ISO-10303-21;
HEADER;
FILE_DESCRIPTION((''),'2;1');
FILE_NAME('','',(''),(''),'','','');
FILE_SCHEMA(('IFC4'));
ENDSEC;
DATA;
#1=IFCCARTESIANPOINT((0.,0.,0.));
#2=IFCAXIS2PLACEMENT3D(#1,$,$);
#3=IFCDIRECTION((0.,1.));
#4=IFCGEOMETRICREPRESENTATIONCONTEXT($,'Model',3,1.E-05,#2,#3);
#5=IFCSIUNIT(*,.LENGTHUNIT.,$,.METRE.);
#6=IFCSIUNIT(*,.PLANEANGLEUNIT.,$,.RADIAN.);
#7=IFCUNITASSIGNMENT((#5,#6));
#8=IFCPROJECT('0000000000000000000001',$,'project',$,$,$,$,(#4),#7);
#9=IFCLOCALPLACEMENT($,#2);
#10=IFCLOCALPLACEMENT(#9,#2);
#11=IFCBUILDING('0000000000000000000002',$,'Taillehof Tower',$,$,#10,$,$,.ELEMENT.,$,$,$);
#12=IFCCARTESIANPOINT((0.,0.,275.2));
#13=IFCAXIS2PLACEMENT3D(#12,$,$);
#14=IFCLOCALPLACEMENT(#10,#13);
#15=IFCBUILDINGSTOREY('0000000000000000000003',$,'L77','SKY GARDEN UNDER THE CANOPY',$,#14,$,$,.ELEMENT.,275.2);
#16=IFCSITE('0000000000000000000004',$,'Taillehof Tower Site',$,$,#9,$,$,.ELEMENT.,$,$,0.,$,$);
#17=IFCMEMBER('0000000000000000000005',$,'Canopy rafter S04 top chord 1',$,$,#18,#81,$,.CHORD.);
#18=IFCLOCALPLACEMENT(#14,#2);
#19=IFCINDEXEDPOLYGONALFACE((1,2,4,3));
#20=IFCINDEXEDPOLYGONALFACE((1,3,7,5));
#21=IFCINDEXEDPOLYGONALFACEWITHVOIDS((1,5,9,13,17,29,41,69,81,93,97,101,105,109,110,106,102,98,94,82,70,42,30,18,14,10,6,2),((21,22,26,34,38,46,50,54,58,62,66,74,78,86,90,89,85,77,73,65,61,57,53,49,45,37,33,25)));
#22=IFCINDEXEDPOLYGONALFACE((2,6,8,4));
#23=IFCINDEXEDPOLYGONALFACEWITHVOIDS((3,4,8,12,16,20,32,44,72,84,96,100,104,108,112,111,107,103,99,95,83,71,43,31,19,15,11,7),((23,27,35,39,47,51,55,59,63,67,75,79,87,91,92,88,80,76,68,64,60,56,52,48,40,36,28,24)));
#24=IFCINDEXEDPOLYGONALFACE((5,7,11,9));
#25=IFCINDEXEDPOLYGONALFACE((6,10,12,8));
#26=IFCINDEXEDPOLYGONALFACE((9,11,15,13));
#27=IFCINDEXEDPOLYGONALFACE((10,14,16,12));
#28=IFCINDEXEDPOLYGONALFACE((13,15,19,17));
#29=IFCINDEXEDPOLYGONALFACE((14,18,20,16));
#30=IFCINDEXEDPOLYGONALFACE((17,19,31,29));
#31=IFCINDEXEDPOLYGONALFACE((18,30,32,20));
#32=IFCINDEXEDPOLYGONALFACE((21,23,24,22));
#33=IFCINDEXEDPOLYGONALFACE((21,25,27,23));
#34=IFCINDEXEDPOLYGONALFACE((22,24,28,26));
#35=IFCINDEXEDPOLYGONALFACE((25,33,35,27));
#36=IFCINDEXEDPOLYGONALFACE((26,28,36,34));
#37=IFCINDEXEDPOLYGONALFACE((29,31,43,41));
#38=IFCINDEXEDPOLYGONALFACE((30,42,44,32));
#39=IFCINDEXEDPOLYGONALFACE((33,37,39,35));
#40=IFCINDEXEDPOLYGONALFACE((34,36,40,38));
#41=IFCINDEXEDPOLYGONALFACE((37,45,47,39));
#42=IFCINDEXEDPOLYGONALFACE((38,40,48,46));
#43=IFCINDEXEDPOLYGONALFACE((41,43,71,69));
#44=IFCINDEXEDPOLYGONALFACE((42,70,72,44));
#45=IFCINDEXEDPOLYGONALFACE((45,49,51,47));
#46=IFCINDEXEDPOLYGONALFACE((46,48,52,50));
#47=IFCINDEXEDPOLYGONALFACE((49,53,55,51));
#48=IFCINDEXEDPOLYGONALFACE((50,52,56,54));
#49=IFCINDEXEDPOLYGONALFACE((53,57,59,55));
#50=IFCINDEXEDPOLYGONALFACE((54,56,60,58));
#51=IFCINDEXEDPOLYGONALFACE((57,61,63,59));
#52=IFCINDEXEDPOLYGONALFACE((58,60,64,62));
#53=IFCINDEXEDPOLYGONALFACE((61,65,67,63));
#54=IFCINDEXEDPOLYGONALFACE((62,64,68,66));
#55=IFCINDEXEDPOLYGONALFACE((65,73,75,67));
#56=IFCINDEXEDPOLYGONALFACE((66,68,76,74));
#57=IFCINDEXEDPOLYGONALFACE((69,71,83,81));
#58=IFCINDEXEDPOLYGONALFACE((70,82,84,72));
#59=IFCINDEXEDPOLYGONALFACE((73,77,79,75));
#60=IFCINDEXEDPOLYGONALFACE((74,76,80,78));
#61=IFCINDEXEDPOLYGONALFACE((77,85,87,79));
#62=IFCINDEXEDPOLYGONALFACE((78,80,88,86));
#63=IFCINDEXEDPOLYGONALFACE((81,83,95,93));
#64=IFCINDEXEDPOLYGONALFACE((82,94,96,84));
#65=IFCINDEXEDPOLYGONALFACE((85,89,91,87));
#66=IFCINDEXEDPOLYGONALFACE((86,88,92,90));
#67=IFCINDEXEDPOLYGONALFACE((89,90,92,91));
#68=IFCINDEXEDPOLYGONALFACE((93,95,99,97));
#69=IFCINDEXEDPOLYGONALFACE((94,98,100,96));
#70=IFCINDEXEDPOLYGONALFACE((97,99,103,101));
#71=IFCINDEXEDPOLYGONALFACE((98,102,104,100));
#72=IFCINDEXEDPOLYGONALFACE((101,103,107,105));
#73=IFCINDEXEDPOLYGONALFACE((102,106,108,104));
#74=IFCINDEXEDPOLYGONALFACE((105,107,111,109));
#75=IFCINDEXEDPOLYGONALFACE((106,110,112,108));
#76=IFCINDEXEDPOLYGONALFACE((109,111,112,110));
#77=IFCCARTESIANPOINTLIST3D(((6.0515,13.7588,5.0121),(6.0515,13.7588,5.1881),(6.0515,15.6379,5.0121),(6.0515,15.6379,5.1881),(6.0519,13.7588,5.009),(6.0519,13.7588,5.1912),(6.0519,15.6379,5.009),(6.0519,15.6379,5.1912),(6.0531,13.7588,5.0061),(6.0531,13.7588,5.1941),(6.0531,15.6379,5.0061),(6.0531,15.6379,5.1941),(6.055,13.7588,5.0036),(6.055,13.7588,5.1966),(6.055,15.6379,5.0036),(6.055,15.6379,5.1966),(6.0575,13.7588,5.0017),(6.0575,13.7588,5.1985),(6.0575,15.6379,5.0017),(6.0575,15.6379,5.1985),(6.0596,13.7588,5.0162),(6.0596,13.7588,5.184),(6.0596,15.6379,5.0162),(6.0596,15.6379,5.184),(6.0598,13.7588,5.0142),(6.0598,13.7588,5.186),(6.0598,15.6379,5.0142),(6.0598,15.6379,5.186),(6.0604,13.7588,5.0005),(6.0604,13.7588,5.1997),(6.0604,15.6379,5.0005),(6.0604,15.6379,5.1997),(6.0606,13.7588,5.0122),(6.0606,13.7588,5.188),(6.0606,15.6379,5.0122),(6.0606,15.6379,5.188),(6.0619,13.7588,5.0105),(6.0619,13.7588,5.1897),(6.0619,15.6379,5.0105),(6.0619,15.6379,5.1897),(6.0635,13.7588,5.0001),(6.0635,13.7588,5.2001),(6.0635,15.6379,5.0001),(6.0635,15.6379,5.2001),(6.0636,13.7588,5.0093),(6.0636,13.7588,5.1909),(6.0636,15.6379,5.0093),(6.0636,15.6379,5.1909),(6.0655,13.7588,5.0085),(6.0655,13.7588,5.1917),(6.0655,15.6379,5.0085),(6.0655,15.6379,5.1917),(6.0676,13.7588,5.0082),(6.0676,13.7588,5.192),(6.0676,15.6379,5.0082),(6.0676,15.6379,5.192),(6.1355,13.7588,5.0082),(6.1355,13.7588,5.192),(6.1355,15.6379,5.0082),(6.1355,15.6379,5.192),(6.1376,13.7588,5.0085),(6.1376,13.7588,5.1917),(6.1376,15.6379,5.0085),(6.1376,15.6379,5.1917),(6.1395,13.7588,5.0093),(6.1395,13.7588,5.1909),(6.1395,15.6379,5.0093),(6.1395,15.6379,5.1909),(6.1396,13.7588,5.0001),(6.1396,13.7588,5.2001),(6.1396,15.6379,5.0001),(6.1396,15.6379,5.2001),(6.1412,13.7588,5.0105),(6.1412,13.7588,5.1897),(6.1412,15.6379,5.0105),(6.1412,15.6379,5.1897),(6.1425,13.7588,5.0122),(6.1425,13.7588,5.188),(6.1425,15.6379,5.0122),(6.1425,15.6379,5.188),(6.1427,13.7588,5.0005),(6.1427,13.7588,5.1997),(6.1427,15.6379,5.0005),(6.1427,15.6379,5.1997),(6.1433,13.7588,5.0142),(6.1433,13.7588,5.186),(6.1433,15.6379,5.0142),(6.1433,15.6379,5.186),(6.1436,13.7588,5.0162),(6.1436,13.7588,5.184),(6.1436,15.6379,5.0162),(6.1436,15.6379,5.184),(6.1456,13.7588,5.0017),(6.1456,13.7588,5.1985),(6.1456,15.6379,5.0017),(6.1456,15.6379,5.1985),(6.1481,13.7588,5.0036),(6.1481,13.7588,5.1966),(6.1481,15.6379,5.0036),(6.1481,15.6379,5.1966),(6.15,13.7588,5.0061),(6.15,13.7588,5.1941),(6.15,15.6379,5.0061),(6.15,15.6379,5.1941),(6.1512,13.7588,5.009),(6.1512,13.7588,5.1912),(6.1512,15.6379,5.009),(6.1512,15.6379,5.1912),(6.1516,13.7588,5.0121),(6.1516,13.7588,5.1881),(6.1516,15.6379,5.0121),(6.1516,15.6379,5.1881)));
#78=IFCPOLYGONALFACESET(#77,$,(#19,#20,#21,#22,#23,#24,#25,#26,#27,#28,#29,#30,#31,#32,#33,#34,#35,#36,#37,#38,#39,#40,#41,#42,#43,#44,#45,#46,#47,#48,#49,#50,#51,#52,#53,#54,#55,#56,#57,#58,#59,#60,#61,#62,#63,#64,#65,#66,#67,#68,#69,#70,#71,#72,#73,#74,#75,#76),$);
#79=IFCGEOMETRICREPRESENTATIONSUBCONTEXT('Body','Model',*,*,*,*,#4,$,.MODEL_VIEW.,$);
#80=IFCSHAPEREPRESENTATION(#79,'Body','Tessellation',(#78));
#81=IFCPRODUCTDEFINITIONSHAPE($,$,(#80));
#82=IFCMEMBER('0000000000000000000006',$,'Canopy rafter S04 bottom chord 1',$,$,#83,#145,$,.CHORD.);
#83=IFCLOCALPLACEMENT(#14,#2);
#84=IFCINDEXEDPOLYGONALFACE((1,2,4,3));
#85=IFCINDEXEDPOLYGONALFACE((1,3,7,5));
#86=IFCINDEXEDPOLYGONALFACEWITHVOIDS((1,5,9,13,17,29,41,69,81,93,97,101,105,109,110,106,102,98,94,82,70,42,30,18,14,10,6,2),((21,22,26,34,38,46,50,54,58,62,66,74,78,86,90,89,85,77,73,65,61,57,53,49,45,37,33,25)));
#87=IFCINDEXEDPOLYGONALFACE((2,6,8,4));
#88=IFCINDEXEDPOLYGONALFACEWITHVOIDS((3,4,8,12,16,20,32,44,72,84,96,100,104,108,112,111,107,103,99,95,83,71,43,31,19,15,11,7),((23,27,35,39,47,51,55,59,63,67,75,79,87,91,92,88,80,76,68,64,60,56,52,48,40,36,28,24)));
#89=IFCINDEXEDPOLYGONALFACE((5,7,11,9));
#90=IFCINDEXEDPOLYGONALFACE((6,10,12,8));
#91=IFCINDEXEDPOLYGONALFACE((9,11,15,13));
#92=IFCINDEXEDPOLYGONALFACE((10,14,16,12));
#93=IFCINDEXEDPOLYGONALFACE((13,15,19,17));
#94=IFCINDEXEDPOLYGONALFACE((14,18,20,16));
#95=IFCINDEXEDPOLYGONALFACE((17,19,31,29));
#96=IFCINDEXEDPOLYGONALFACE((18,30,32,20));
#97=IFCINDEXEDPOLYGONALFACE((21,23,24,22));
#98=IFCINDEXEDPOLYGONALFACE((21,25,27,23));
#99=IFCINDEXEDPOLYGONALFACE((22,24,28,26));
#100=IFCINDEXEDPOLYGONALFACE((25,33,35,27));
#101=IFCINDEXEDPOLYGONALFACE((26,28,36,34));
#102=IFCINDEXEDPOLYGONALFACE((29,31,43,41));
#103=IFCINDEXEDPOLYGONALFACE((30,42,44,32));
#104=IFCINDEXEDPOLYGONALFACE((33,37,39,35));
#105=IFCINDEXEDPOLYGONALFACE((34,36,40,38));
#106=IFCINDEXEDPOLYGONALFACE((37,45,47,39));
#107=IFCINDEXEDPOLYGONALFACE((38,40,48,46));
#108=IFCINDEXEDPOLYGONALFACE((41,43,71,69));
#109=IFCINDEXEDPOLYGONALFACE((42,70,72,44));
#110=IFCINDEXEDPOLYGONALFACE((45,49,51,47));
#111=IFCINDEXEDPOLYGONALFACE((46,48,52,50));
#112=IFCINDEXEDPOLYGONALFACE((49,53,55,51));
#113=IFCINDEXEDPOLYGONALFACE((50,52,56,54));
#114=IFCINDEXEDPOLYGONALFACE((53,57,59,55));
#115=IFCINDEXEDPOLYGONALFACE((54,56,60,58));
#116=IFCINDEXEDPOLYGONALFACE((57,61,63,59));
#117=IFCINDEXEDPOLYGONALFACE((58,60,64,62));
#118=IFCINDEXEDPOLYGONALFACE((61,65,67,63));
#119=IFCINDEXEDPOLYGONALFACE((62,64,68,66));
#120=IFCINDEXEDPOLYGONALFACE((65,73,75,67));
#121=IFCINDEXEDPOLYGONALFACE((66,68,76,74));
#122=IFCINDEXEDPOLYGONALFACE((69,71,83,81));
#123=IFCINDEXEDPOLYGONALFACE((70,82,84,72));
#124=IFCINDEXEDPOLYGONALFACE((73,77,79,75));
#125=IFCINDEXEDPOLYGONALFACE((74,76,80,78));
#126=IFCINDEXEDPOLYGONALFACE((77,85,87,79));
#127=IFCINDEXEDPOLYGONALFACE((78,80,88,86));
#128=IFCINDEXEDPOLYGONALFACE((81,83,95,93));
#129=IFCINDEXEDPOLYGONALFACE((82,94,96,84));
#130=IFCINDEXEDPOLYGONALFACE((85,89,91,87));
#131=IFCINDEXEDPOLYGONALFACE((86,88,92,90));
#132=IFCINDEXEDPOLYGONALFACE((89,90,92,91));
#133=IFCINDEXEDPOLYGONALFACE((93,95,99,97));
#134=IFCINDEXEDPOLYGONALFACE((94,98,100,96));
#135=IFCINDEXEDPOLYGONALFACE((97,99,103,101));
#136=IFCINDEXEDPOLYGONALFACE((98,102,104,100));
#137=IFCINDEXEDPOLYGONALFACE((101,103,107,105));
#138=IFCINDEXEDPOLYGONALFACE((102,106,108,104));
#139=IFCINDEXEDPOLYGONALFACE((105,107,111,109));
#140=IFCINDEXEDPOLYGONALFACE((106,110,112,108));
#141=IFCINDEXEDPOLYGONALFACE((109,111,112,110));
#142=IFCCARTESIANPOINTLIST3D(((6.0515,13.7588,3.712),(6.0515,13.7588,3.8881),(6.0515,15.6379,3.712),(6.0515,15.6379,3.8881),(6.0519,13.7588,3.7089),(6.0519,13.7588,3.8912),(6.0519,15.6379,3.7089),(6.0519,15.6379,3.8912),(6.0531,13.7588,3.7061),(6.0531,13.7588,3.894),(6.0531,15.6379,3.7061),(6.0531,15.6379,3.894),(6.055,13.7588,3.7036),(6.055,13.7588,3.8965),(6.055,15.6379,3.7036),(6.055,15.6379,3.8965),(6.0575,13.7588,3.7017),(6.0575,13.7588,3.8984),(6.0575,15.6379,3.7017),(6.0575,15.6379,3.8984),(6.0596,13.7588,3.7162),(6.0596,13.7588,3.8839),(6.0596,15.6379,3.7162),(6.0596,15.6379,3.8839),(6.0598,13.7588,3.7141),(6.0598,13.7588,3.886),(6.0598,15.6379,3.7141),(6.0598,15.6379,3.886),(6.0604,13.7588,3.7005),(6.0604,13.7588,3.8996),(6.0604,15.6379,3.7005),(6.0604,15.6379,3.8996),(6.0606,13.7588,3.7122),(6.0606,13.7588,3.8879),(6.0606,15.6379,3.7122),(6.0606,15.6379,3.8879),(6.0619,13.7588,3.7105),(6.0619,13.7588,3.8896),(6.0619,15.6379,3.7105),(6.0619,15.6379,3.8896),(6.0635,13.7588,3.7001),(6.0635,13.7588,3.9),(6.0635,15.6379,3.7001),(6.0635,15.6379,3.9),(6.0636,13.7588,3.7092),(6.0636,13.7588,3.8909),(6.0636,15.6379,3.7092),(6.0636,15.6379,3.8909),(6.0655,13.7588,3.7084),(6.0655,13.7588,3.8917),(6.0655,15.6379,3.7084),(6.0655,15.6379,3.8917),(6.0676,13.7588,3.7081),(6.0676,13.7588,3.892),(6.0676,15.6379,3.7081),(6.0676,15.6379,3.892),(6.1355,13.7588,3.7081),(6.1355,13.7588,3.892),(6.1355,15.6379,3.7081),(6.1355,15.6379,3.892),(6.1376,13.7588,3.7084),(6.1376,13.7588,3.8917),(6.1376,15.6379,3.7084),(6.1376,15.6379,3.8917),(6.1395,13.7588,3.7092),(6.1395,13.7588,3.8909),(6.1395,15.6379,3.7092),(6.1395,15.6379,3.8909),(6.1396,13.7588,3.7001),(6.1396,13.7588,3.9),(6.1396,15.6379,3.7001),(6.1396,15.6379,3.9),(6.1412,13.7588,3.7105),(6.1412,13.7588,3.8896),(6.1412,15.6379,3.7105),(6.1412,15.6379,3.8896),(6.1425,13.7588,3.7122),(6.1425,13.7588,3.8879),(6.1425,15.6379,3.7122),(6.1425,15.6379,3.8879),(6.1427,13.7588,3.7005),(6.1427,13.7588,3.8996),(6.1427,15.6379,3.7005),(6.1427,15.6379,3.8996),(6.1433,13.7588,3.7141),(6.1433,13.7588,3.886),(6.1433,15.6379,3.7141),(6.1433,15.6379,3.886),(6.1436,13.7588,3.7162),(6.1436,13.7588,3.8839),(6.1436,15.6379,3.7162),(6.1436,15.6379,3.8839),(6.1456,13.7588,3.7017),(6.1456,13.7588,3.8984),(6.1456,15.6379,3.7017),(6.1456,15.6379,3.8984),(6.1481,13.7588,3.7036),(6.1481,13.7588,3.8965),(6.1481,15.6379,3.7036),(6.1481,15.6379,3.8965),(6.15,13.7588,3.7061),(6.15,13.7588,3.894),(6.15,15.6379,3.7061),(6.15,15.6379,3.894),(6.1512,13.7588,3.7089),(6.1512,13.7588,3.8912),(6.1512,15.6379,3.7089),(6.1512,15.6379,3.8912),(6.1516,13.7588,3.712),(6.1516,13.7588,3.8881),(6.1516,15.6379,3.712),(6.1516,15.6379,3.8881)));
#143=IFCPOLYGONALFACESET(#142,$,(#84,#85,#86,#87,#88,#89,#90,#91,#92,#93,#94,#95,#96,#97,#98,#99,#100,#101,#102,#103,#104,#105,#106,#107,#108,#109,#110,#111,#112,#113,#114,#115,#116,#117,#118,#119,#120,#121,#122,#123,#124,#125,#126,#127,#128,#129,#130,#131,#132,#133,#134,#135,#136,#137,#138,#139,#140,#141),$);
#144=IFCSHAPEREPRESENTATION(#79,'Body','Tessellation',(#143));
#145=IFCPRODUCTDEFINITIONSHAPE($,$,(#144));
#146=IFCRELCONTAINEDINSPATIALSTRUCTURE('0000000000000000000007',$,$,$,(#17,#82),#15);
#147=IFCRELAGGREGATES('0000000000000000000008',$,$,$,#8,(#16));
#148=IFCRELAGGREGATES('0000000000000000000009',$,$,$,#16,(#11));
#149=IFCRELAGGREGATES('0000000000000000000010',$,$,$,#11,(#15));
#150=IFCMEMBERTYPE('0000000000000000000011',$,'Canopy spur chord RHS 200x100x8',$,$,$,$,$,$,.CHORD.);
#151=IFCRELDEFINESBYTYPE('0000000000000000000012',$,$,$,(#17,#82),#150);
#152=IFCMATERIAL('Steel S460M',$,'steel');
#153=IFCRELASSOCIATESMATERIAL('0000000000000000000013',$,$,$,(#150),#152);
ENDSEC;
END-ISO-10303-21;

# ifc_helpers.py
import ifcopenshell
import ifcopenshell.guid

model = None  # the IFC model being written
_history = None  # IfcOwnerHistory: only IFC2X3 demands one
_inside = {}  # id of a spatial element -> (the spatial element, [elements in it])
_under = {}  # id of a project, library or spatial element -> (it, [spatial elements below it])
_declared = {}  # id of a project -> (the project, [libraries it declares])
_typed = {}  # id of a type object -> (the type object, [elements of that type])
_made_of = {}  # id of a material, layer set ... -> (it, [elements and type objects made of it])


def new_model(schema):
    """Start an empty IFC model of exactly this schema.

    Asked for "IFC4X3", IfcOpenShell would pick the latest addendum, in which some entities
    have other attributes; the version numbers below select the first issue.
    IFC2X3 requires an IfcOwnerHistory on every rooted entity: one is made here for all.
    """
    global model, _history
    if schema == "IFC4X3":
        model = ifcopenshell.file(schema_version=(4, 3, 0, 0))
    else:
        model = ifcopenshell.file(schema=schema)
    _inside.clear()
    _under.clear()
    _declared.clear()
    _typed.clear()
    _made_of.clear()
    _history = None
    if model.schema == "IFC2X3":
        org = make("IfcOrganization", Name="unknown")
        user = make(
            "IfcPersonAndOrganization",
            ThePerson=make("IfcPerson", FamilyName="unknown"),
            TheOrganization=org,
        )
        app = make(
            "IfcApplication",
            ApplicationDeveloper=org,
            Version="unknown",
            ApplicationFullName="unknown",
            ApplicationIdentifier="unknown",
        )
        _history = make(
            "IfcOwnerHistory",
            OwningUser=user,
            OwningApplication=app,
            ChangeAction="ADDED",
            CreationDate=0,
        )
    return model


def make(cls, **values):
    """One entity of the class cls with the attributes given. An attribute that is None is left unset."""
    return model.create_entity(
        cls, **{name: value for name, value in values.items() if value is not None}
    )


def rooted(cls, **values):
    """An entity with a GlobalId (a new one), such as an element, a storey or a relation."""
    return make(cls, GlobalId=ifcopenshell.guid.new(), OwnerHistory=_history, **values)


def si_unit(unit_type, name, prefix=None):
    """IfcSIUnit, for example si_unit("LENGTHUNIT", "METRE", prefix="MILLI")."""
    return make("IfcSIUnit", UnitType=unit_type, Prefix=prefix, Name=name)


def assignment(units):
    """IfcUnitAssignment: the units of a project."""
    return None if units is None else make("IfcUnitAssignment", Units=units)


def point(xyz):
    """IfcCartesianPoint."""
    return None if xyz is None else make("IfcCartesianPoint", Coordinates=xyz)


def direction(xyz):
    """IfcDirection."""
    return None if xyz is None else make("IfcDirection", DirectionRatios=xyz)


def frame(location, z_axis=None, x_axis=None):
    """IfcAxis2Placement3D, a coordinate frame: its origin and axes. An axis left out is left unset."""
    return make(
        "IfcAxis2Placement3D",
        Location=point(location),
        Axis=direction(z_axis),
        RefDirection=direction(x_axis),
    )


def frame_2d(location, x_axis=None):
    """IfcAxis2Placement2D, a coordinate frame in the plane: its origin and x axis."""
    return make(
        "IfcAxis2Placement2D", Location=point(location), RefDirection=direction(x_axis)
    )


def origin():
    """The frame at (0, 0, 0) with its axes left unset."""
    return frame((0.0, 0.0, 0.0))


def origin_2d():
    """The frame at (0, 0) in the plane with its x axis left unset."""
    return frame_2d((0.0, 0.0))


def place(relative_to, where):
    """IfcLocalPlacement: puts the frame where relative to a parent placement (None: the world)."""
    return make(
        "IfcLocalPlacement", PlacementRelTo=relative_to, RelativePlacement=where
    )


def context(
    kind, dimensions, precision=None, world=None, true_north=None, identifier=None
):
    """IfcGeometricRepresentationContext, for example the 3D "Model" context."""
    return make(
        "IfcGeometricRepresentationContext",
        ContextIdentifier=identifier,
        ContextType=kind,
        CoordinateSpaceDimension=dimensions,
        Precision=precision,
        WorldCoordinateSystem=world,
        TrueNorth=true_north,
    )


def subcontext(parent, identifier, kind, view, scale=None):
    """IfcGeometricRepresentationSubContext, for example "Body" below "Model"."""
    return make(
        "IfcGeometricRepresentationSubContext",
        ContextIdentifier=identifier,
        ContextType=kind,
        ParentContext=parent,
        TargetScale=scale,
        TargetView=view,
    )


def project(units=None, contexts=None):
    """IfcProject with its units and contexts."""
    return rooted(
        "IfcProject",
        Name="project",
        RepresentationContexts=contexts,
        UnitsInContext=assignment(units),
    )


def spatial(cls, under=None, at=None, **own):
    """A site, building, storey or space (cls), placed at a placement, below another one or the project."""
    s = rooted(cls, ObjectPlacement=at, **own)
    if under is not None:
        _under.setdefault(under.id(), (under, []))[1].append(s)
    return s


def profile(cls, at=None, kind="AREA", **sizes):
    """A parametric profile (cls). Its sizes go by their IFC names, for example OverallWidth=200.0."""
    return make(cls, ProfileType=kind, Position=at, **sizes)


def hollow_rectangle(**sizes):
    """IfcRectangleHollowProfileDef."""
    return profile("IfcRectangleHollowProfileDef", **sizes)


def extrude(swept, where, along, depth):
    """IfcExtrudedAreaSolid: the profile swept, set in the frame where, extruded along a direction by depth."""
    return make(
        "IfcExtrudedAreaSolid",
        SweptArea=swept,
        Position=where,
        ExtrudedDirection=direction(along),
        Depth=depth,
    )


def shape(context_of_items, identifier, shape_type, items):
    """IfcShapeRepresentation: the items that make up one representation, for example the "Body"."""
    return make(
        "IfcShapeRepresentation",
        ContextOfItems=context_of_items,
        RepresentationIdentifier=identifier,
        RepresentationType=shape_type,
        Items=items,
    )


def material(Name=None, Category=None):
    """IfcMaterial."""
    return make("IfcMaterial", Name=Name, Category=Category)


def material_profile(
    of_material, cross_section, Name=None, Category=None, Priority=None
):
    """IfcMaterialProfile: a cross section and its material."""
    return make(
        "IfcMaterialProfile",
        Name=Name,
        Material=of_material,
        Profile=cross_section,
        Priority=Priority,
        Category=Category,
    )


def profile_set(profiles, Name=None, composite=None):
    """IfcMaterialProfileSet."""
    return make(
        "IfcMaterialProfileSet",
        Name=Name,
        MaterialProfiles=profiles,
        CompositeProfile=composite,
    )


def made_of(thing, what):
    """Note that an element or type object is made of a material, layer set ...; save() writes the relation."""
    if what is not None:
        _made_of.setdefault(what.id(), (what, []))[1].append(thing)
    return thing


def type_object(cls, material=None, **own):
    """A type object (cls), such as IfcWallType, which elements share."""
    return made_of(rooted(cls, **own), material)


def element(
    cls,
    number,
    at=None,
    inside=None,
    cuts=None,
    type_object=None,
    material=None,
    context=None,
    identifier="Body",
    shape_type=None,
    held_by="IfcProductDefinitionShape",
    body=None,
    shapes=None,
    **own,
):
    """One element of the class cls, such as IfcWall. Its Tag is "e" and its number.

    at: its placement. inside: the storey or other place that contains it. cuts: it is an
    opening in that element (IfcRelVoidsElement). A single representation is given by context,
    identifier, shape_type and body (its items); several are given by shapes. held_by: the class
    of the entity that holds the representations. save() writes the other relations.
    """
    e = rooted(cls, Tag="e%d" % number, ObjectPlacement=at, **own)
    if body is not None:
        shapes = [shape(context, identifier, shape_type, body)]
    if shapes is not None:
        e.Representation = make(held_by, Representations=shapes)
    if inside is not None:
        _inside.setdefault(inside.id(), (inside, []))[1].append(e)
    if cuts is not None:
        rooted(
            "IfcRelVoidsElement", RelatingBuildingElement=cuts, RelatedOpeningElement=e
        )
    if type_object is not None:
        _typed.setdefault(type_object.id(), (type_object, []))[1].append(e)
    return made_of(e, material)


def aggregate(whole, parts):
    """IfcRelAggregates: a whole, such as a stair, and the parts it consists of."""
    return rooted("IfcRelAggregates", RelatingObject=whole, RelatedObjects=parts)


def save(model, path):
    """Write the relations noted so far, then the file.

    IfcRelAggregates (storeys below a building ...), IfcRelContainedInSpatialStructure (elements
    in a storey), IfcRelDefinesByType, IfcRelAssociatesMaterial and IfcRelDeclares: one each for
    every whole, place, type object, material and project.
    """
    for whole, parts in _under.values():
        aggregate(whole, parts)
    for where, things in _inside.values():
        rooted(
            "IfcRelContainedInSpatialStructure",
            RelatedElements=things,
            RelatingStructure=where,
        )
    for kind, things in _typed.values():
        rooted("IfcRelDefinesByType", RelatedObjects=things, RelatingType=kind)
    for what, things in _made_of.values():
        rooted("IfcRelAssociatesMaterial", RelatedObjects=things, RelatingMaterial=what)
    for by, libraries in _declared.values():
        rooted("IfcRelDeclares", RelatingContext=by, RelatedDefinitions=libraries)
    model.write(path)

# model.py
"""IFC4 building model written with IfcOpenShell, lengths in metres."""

from ifc_helpers import new_model, si_unit, direction, frame, origin, origin_2d, place, context, subcontext, project, spatial, hollow_rectangle, extrude, material, material_profile, profile_set, type_object, element, save


model = new_model("IFC4")

# Units and contexts
model_context = context("Model", 3, precision=1e-05, world=origin(), true_north=direction((0.0, 1.0)))
body_context = subcontext(model_context, "Body", "Model", "MODEL_VIEW")
ifc_project = project(units=[si_unit("LENGTHUNIT", "METRE"), si_unit("PLANEANGLEUNIT", "RADIAN")], contexts=[model_context])

# Site, building, storey
site_placement = place(None, origin())
site = spatial("IfcSite", under=ifc_project, at=site_placement, Name="Taillehof Tower Site", CompositionType="ELEMENT", RefElevation=0.0)
building_placement = place(site_placement, origin())
building = spatial("IfcBuilding", under=site, at=building_placement, Name="Taillehof Tower", CompositionType="ELEMENT")
storey_placement = place(building_placement, frame((0.0, 0.0, 275.2)))
storey = spatial("IfcBuildingStorey", under=building, at=storey_placement, Name="L77", Description="SKY GARDEN UNDER THE CANOPY", CompositionType="ELEMENT", Elevation=275.2)

# Members
ifc_material_1 = material(Name="Steel S460M", Category="steel")
ifc_material_profile_1 = material_profile(ifc_material_1, hollow_rectangle(XDim=0.1001, YDim=0.2, WallThickness=0.0081, InnerFilletRadius=0.0081, OuterFilletRadius=0.012, at=origin_2d()), Name="RHS 200x100x8")
ifc_profile_set_1 = profile_set([ifc_material_profile_1], Name="Steel S460M")
member_type_1 = type_object("IfcMemberType", Name="Canopy spur chord RHS 200x100x8", PredefinedType="CHORD", material=ifc_profile_set_1)
for number, where, z_axis, x_axis, name in (
    (1, (6.1016, 15.6379, 5.1001), (0.0, -1.0, 0.0), (1.0, 0.0, 0.0), "Canopy rafter S04 top chord 1"),
    (2, (6.1016, 15.6379, 3.8), (0.0, -1.0, 0.0), (1.0, 0.0, 0.0), "Canopy rafter S04 bottom chord 1"),
):
    element("IfcMember", number, at=place(storey_placement, frame(where, z_axis=z_axis, x_axis=x_axis)), inside=storey, type_object=member_type_1, Name=name, PredefinedType="CHORD", context=body_context, shape_type="SweptSolid", body=[
        extrude(hollow_rectangle(XDim=0.1001, YDim=0.2, WallThickness=0.0081, InnerFilletRadius=0.0081, OuterFilletRadius=0.012, at=origin_2d()), origin(), (0.0, 0.0, 1.0), 1.8792),
    ])

save(model, "model.ifc")
